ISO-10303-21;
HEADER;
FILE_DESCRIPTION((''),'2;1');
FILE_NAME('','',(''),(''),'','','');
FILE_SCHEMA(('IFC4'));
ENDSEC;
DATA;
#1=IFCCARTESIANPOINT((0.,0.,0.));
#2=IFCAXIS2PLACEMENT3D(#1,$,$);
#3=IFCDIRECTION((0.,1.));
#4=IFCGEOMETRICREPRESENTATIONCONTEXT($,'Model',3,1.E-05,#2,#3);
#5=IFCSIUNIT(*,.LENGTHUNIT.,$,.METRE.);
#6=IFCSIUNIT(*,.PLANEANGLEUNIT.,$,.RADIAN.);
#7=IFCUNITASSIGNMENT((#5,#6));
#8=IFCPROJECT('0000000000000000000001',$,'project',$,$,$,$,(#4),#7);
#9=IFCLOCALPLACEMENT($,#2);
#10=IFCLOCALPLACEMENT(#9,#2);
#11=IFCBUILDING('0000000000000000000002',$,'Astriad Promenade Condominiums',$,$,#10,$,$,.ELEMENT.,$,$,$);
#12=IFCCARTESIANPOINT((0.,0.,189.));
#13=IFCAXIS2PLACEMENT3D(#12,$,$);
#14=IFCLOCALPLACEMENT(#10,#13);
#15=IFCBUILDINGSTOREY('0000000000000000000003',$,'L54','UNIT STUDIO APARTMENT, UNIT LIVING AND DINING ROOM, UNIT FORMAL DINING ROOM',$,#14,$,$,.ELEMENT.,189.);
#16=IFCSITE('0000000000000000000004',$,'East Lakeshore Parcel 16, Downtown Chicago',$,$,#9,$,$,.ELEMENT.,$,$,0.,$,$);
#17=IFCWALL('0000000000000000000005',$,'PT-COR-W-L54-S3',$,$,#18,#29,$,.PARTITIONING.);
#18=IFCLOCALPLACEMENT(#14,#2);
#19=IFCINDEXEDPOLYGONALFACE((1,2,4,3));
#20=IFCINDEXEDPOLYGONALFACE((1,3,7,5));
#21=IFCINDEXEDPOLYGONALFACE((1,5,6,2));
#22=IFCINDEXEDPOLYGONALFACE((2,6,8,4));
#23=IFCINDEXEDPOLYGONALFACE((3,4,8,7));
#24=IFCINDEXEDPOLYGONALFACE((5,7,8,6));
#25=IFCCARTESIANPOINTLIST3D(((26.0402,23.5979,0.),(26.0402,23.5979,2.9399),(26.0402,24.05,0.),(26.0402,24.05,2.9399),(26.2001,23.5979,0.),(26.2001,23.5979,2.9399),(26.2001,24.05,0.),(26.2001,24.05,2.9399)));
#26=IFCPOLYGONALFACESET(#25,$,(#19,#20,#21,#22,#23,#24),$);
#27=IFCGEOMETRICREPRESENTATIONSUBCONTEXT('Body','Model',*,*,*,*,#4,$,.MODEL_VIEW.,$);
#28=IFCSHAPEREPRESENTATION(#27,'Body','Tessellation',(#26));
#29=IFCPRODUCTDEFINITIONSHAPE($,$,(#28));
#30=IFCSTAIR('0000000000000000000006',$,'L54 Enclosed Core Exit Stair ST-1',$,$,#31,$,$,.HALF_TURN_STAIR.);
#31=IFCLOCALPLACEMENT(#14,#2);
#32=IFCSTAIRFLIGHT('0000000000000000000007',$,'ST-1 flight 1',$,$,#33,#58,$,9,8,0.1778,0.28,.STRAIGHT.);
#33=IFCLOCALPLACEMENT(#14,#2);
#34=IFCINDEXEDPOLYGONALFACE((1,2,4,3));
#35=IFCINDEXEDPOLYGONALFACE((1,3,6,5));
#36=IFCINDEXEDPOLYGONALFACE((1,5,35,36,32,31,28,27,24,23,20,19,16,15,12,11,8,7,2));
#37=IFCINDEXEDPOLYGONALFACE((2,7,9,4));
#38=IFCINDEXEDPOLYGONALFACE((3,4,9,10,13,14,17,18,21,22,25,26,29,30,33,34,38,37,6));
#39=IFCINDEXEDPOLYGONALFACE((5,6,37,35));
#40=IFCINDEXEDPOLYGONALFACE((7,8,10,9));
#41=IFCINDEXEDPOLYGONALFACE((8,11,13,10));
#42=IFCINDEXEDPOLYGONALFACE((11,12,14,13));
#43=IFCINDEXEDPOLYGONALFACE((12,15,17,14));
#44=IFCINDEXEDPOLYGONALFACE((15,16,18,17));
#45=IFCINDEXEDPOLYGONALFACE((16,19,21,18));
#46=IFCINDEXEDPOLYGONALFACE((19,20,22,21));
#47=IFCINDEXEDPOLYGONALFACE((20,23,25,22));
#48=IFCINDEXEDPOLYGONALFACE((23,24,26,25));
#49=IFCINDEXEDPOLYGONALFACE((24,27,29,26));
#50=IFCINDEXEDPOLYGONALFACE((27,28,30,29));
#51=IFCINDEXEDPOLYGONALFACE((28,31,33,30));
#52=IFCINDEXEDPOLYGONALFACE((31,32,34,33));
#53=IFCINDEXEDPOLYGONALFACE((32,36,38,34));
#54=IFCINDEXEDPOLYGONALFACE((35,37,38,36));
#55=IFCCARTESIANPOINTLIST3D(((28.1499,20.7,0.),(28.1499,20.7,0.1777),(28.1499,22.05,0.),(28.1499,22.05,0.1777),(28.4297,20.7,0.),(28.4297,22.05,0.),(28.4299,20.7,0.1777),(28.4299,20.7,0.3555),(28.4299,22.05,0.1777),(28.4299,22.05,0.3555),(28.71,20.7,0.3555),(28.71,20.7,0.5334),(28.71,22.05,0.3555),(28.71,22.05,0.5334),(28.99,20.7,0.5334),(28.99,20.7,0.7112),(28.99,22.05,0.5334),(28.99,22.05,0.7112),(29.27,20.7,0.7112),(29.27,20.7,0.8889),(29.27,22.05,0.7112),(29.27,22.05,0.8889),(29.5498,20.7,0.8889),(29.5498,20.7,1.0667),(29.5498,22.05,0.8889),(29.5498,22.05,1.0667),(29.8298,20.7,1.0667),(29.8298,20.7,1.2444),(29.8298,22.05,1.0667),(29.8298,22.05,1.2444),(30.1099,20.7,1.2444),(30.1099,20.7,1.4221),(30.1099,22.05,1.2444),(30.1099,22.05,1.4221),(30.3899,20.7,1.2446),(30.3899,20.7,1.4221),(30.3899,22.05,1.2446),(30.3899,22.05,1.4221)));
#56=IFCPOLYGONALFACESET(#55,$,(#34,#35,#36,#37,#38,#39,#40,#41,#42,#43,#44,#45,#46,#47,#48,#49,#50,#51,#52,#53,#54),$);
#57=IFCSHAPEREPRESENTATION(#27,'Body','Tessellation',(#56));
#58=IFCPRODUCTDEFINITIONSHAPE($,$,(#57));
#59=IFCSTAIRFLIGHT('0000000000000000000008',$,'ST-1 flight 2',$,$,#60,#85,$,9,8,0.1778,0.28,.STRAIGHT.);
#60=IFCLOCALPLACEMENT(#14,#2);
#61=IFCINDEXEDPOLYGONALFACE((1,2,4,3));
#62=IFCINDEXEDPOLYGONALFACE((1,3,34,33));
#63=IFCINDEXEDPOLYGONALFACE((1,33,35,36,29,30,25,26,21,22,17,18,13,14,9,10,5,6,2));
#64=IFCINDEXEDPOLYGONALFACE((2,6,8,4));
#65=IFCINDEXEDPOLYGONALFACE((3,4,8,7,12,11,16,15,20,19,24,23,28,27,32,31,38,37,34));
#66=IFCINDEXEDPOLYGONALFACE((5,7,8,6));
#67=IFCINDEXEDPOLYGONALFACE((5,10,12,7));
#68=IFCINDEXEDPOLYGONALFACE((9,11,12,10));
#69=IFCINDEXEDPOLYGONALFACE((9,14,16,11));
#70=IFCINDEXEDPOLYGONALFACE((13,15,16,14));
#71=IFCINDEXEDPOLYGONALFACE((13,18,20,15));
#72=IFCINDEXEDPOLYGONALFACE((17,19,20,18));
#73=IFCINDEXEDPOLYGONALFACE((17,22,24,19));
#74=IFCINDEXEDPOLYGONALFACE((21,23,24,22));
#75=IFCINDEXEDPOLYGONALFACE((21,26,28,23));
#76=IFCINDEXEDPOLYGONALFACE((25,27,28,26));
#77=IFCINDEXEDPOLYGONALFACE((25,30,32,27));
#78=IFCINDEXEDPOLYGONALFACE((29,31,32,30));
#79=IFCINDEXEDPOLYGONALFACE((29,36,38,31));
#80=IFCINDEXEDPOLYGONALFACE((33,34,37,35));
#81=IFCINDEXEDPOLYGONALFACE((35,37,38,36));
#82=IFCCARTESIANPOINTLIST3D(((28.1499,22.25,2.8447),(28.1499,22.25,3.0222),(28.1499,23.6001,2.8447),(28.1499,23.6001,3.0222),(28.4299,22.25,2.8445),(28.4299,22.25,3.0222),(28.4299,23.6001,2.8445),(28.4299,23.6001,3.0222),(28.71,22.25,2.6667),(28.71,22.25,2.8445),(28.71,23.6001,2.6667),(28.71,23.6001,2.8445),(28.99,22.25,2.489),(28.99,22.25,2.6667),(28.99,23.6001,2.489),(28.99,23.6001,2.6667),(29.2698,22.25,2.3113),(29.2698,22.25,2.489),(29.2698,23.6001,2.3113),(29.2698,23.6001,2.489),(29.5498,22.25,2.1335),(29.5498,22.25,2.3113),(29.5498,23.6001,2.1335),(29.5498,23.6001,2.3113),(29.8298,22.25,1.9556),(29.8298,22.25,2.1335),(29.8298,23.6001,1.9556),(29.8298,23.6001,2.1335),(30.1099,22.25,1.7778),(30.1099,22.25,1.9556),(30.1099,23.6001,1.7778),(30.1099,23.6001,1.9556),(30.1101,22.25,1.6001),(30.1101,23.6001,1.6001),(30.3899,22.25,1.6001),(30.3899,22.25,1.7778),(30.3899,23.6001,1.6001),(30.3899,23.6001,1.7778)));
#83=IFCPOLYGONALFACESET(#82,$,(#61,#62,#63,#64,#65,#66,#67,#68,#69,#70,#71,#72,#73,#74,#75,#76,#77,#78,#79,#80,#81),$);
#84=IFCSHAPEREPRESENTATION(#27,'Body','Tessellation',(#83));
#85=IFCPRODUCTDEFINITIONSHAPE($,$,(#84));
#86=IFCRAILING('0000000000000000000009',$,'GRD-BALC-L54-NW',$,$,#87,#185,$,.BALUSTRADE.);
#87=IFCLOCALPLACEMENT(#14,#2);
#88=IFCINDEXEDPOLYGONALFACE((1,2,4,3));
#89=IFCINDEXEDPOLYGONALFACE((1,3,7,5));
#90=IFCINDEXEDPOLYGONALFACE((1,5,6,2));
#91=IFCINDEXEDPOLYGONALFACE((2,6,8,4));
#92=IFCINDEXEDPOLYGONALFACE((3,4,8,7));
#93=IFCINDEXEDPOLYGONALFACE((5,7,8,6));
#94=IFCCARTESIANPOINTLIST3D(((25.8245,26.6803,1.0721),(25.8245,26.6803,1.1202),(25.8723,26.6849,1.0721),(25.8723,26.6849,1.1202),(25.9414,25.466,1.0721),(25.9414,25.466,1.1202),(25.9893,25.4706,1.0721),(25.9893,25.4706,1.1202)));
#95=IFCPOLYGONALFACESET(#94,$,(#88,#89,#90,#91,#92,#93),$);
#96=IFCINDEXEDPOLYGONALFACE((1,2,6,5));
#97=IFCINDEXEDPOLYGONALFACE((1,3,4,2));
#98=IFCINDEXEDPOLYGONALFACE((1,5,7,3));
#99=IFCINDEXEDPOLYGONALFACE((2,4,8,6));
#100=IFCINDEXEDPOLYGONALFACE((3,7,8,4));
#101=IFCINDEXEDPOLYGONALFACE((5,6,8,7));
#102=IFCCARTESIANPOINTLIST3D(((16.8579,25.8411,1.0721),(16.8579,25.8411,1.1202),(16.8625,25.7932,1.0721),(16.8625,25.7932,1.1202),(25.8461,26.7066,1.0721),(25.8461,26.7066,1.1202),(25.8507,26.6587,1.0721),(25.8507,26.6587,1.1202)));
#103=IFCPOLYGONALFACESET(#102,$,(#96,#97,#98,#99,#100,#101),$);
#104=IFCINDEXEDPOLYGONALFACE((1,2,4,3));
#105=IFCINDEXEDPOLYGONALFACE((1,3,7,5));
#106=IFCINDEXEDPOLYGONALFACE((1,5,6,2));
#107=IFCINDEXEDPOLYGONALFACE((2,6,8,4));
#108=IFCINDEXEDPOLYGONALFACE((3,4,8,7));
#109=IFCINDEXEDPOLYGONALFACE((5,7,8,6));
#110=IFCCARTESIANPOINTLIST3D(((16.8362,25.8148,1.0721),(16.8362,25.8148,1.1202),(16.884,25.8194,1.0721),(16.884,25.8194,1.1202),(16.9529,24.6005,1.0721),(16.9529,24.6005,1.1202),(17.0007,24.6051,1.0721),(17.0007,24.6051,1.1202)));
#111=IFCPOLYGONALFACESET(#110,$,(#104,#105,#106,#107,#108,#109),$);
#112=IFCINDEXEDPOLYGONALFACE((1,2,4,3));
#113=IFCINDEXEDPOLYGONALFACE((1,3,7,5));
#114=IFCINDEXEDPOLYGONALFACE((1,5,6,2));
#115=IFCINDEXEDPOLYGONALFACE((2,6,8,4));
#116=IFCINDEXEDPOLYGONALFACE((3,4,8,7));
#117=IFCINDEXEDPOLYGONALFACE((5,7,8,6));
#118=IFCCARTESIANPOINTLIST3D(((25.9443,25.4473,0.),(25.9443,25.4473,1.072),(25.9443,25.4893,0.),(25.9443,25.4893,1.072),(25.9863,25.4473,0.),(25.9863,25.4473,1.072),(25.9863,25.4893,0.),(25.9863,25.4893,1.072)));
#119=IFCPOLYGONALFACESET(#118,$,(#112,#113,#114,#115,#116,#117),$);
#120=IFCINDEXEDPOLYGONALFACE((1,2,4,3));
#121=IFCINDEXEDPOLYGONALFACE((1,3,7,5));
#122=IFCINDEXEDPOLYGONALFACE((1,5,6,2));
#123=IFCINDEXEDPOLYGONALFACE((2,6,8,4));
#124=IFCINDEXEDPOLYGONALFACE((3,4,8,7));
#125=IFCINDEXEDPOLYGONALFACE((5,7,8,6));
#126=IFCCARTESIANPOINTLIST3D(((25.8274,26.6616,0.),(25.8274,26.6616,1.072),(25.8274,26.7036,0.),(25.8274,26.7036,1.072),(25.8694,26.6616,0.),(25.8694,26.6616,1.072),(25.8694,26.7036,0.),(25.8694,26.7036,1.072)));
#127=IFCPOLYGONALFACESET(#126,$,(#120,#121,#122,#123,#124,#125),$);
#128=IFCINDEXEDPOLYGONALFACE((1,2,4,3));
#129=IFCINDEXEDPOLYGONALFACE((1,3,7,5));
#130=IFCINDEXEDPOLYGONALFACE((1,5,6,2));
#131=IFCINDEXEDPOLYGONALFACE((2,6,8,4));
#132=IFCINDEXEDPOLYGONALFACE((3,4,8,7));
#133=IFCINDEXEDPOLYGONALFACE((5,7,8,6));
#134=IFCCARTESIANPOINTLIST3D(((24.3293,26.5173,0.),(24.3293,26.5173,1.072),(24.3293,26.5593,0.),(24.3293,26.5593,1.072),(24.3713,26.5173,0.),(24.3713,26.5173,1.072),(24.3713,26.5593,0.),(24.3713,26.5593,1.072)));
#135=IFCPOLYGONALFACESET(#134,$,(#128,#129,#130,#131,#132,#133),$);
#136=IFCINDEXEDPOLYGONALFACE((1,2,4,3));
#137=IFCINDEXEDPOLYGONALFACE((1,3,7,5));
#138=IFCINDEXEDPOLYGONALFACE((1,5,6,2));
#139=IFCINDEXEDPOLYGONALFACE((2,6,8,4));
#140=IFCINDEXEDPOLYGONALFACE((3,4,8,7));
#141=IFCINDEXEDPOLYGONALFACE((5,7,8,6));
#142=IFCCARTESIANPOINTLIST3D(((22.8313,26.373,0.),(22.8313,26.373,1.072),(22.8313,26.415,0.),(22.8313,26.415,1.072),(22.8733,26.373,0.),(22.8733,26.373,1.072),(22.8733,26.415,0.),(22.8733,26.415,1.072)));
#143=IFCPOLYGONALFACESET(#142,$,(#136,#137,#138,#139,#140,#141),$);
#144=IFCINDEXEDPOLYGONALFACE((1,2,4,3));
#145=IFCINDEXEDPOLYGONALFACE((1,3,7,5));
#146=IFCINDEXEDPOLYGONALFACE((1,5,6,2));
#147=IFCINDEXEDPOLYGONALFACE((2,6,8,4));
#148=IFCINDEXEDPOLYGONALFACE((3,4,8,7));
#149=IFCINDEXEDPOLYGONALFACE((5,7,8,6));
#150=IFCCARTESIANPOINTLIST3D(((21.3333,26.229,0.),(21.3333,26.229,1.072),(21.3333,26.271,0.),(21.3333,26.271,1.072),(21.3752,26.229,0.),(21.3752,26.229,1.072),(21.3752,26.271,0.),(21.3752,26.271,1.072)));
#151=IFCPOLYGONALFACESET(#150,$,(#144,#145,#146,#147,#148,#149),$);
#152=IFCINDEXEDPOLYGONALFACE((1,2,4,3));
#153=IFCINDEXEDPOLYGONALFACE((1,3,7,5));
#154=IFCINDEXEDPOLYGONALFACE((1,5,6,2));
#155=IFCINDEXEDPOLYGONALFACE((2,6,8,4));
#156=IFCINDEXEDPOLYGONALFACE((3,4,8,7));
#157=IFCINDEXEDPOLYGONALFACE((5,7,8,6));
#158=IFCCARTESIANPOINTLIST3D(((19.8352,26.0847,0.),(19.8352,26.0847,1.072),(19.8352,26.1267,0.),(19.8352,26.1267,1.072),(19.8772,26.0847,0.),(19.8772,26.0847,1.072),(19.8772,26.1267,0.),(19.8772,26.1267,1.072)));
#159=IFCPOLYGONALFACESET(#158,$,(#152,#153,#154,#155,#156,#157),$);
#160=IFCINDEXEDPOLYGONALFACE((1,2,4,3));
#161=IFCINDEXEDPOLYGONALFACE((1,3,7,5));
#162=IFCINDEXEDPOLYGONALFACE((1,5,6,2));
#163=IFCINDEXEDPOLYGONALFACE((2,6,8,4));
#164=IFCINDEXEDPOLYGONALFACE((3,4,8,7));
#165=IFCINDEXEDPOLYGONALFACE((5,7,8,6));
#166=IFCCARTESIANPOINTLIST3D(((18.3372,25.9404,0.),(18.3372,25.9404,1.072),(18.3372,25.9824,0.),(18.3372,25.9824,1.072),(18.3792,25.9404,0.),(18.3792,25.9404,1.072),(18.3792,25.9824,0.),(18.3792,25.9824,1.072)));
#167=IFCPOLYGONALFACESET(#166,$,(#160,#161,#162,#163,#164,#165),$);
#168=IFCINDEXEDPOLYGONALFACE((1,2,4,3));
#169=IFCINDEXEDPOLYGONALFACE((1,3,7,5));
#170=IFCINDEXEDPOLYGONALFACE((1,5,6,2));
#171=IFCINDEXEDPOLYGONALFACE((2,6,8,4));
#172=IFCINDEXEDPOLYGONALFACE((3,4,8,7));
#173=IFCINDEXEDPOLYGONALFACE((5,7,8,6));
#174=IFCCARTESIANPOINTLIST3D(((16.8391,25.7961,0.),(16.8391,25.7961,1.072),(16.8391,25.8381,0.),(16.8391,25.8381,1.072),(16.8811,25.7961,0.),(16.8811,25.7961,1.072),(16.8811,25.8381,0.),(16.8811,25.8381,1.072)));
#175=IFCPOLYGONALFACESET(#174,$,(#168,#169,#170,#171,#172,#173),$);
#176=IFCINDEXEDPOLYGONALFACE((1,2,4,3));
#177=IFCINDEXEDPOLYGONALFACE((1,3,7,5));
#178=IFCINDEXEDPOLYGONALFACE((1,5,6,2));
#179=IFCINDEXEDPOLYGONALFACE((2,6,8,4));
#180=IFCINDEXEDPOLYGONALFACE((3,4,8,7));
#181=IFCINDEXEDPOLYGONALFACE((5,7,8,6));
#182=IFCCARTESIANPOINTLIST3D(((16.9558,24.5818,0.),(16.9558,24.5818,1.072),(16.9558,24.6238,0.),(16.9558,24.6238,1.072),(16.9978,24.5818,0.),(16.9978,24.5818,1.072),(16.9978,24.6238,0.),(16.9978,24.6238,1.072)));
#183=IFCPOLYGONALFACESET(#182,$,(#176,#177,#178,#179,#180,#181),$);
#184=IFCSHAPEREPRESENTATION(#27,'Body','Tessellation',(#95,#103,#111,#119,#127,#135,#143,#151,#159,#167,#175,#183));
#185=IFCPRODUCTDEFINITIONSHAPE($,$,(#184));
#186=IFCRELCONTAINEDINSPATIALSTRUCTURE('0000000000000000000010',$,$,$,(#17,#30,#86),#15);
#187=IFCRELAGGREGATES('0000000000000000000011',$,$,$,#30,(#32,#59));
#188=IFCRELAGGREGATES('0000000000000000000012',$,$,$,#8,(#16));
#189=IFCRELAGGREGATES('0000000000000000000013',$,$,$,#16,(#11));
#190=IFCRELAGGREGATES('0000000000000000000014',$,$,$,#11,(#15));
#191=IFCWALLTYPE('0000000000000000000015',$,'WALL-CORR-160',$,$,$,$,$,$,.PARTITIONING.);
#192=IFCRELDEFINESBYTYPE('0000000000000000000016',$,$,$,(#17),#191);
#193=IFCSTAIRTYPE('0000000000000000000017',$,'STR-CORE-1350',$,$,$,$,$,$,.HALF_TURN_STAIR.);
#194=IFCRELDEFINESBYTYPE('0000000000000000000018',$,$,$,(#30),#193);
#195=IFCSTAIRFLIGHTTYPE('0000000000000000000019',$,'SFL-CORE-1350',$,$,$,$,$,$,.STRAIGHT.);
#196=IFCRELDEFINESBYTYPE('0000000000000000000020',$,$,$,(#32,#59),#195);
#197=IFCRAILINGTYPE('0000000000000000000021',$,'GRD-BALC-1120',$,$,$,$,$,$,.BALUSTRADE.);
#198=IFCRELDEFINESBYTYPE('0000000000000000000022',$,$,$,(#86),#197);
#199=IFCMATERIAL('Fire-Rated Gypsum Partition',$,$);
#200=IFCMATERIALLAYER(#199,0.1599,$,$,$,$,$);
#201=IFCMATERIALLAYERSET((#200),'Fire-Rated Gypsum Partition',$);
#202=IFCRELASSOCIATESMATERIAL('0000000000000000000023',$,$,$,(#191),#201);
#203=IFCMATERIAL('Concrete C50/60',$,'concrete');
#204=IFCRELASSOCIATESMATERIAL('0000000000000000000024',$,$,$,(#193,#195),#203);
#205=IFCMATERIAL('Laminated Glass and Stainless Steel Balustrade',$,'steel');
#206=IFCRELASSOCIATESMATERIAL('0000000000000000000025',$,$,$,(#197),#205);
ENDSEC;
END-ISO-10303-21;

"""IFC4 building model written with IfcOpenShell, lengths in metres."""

from ifc_helpers import new_model, si_unit, direction, frame, frame_2d, origin, origin_2d, place, context, subcontext, project, spatial, polyline, rectangle, outline, extrude, source, transform, mapped, material, layer, layer_set, type_object, type_shapes, element, aggregate, save


model = new_model("IFC4")

# Units and contexts
model_context = context("Model", 3, precision=1e-05, world=origin(), true_north=direction((0.0, 1.0)))
body_context = subcontext(model_context, "Body", "Model", "MODEL_VIEW")
ifc_project = project(units=[si_unit("LENGTHUNIT", "METRE"), si_unit("PLANEANGLEUNIT", "RADIAN")], contexts=[model_context])

# Site, building, storey
site_placement = place(None, origin())
site = spatial("IfcSite", under=ifc_project, at=site_placement, Name="East Lakeshore Parcel 16, Downtown Chicago", CompositionType="ELEMENT", RefElevation=0.0)
building_placement = place(site_placement, origin())
building = spatial("IfcBuilding", under=site, at=building_placement, Name="Astriad Promenade Condominiums", CompositionType="ELEMENT")
storey_placement = place(building_placement, frame((0.0, 0.0, 189.0)))
storey = spatial("IfcBuildingStorey", under=building, at=storey_placement, Name="L54", Description="UNIT STUDIO APARTMENT, UNIT LIVING AND DINING ROOM, UNIT FORMAL DINING ROOM", CompositionType="ELEMENT", Elevation=189.0)

# Shared definitions
ifc_material_1 = material(Name="Concrete C50/60", Category="concrete")

# Wall
ifc_material_2 = material(Name="Fire-Rated Gypsum Partition")
ifc_layer_1 = layer(ifc_material_2, 0.1599)
ifc_layer_set_1 = layer_set([ifc_layer_1], Name="Fire-Rated Gypsum Partition")
wall_type_1 = type_object("IfcWallType", Name="WALL-CORR-160", PredefinedType="PARTITIONING", material=ifc_layer_set_1)
wall_1_placement = place(storey_placement, frame((26.1201, 23.5979, 0.0), z_axis=(0.0, 0.0, 1.0), x_axis=(0.0, 1.0, 0.0)))
element("IfcWall", 1, at=wall_1_placement, inside=storey, type_object=wall_type_1, Name="PT-COR-W-L54-S3", PredefinedType="PARTITIONING", context=body_context, shape_type="SweptSolid", body=[
    extrude(rectangle(XDim=0.4521, YDim=0.1599, at=frame_2d((0.2261, 0.0))), origin(), (0.0, 0.0, 1.0), 2.9399),
])

# Stair, stair flights
stair_type = type_object("IfcStairType", Name="STR-CORE-1350", PredefinedType="HALF_TURN_STAIR", material=ifc_material_1)
stair_placement = place(storey_placement, origin())
stair = element("IfcStair", 2, at=stair_placement, inside=storey, type_object=stair_type, Name="L54 Enclosed Core Exit Stair ST-1", PredefinedType="HALF_TURN_STAIR")
stair_flight_type = type_object("IfcStairFlightType", Name="SFL-CORE-1350", PredefinedType="STRAIGHT", material=ifc_material_1)
shared_shape_1 = source(origin(), body_context, "Body", "SweptSolid", [
    extrude(outline(polyline([(0.0, 0.0), (0.0, 0.1777), (0.28, 0.1777), (0.28, 0.3555), (0.5601, 0.3555), (0.5601, 0.5334), (0.8401, 0.5334), (0.8401, 0.7112), (1.1201, 0.7112), (1.1201, 0.8889), (1.3999, 0.8889), (1.3999, 1.0667), (1.6799, 1.0667), (1.6799, 1.2444), (1.96, 1.2444), (1.96, 1.4221), (2.24, 1.4221), (2.24, 1.6001), (2.24, 1.2446), (0.2798, 0.0), (0.0, 0.0)])), frame((0.0, 0.675, 0.0), z_axis=(0.0, -1.0, 0.0), x_axis=(1.0, 0.0, 0.0)), (0.0, 0.0, 1.0), 1.3501),
])
type_shapes(stair_flight_type, [shared_shape_1])
stair_flight_1_placement = place(storey_placement, frame((28.1499, 21.375, 0.0), z_axis=(0.0, 0.0, 1.0), x_axis=(1.0, 0.0, 0.0)))
stair_flight_1 = element("IfcStairFlight", 3, at=stair_flight_1_placement, type_object=stair_flight_type, Name="ST-1 flight 1", NumberOfRisers=9, NumberOfTreads=8, PredefinedType="STRAIGHT", RiserHeight=0.1778, TreadLength=0.28, context=body_context, shape_type="MappedRepresentation", body=[
    mapped(shared_shape_1, transform((0.0, 0.0, 0.0), scale=1.0)),
])
stair_flight_2_placement = place(storey_placement, frame((30.3899, 22.925, 1.6001), z_axis=(0.0, 0.0, 1.0), x_axis=(-1.0, 0.0, 0.0)))
stair_flight_2 = element("IfcStairFlight", 4, at=stair_flight_2_placement, type_object=stair_flight_type, Name="ST-1 flight 2", NumberOfRisers=9, NumberOfTreads=8, PredefinedType="STRAIGHT", RiserHeight=0.1778, TreadLength=0.28, context=body_context, shape_type="MappedRepresentation", body=[
    mapped(shared_shape_1, transform((0.0, 0.0, 0.0), scale=1.0)),
])
aggregate(stair, [stair_flight_1, stair_flight_2])

# Railing
ifc_material_3 = material(Name="Laminated Glass and Stainless Steel Balustrade", Category="steel")
railing_type_1 = type_object("IfcRailingType", Name="GRD-BALC-1120", PredefinedType="BALUSTRADE", material=ifc_material_3)
shared_shape_2 = source(origin(), body_context, "Body", "SweptSolid", [
    extrude(rectangle(XDim=0.0481, YDim=0.0481, at=origin_2d()), frame((0.0, 0.0, 1.0962), z_axis=(-0.095857, 0.995395, 0.0), x_axis=(-0.995395, -0.095857, 0.0)), (0.0, 0.0, 1.0), 1.22),
    extrude(rectangle(XDim=0.0481, YDim=0.0481, at=origin_2d()), frame((-0.1169, 1.2144, 1.0962), z_axis=(-0.995396, -0.095846, 0.0), x_axis=(0.095846, -0.995396, 0.0)), (0.0, 0.0, 1.0), 9.0298),
    extrude(rectangle(XDim=0.0481, YDim=0.0481, at=origin_2d()), frame((-9.1052, 0.3489, 1.0962), z_axis=(0.095659, -0.995414, 0.0), x_axis=(0.995414, 0.095659, 0.0)), (0.0, 0.0, 1.0), 1.22),
    extrude(rectangle(XDim=0.042, YDim=0.042, at=origin_2d()), origin(), (0.0, 0.0, 1.0), 1.072),
    extrude(rectangle(XDim=0.042, YDim=0.042, at=origin_2d()), frame((-0.1169, 1.2144, 0.0)), (0.0, 0.0, 1.0), 1.072),
    extrude(rectangle(XDim=0.042, YDim=0.042, at=origin_2d()), frame((-1.615, 1.0701, 0.0)), (0.0, 0.0, 1.0), 1.072),
    extrude(rectangle(XDim=0.042, YDim=0.042, at=origin_2d()), frame((-3.113, 0.9258, 0.0)), (0.0, 0.0, 1.0), 1.072),
    extrude(rectangle(XDim=0.042, YDim=0.042, at=origin_2d()), frame((-4.6111, 0.7817, 0.0)), (0.0, 0.0, 1.0), 1.072),
    extrude(rectangle(XDim=0.042, YDim=0.042, at=origin_2d()), frame((-6.1091, 0.6375, 0.0)), (0.0, 0.0, 1.0), 1.072),
    extrude(rectangle(XDim=0.042, YDim=0.042, at=origin_2d()), frame((-7.6072, 0.4932, 0.0)), (0.0, 0.0, 1.0), 1.072),
    extrude(rectangle(XDim=0.042, YDim=0.042, at=origin_2d()), frame((-9.1052, 0.3489, 0.0)), (0.0, 0.0, 1.0), 1.072),
    extrude(rectangle(XDim=0.042, YDim=0.042, at=origin_2d()), frame((-8.9885, -0.8655, 0.0)), (0.0, 0.0, 1.0), 1.072),
])
type_shapes(railing_type_1, [shared_shape_2])
railing_1_placement = place(storey_placement, frame((25.9653, 25.4683, 0.0)))
element("IfcRailing", 5, at=railing_1_placement, inside=storey, type_object=railing_type_1, Name="GRD-BALC-L54-NW", PredefinedType="BALUSTRADE", context=body_context, shape_type="MappedRepresentation", body=[
    mapped(shared_shape_2, transform((0.0, 0.0, 0.0), scale=1.0)),
])

save(model, "model.ifc")
